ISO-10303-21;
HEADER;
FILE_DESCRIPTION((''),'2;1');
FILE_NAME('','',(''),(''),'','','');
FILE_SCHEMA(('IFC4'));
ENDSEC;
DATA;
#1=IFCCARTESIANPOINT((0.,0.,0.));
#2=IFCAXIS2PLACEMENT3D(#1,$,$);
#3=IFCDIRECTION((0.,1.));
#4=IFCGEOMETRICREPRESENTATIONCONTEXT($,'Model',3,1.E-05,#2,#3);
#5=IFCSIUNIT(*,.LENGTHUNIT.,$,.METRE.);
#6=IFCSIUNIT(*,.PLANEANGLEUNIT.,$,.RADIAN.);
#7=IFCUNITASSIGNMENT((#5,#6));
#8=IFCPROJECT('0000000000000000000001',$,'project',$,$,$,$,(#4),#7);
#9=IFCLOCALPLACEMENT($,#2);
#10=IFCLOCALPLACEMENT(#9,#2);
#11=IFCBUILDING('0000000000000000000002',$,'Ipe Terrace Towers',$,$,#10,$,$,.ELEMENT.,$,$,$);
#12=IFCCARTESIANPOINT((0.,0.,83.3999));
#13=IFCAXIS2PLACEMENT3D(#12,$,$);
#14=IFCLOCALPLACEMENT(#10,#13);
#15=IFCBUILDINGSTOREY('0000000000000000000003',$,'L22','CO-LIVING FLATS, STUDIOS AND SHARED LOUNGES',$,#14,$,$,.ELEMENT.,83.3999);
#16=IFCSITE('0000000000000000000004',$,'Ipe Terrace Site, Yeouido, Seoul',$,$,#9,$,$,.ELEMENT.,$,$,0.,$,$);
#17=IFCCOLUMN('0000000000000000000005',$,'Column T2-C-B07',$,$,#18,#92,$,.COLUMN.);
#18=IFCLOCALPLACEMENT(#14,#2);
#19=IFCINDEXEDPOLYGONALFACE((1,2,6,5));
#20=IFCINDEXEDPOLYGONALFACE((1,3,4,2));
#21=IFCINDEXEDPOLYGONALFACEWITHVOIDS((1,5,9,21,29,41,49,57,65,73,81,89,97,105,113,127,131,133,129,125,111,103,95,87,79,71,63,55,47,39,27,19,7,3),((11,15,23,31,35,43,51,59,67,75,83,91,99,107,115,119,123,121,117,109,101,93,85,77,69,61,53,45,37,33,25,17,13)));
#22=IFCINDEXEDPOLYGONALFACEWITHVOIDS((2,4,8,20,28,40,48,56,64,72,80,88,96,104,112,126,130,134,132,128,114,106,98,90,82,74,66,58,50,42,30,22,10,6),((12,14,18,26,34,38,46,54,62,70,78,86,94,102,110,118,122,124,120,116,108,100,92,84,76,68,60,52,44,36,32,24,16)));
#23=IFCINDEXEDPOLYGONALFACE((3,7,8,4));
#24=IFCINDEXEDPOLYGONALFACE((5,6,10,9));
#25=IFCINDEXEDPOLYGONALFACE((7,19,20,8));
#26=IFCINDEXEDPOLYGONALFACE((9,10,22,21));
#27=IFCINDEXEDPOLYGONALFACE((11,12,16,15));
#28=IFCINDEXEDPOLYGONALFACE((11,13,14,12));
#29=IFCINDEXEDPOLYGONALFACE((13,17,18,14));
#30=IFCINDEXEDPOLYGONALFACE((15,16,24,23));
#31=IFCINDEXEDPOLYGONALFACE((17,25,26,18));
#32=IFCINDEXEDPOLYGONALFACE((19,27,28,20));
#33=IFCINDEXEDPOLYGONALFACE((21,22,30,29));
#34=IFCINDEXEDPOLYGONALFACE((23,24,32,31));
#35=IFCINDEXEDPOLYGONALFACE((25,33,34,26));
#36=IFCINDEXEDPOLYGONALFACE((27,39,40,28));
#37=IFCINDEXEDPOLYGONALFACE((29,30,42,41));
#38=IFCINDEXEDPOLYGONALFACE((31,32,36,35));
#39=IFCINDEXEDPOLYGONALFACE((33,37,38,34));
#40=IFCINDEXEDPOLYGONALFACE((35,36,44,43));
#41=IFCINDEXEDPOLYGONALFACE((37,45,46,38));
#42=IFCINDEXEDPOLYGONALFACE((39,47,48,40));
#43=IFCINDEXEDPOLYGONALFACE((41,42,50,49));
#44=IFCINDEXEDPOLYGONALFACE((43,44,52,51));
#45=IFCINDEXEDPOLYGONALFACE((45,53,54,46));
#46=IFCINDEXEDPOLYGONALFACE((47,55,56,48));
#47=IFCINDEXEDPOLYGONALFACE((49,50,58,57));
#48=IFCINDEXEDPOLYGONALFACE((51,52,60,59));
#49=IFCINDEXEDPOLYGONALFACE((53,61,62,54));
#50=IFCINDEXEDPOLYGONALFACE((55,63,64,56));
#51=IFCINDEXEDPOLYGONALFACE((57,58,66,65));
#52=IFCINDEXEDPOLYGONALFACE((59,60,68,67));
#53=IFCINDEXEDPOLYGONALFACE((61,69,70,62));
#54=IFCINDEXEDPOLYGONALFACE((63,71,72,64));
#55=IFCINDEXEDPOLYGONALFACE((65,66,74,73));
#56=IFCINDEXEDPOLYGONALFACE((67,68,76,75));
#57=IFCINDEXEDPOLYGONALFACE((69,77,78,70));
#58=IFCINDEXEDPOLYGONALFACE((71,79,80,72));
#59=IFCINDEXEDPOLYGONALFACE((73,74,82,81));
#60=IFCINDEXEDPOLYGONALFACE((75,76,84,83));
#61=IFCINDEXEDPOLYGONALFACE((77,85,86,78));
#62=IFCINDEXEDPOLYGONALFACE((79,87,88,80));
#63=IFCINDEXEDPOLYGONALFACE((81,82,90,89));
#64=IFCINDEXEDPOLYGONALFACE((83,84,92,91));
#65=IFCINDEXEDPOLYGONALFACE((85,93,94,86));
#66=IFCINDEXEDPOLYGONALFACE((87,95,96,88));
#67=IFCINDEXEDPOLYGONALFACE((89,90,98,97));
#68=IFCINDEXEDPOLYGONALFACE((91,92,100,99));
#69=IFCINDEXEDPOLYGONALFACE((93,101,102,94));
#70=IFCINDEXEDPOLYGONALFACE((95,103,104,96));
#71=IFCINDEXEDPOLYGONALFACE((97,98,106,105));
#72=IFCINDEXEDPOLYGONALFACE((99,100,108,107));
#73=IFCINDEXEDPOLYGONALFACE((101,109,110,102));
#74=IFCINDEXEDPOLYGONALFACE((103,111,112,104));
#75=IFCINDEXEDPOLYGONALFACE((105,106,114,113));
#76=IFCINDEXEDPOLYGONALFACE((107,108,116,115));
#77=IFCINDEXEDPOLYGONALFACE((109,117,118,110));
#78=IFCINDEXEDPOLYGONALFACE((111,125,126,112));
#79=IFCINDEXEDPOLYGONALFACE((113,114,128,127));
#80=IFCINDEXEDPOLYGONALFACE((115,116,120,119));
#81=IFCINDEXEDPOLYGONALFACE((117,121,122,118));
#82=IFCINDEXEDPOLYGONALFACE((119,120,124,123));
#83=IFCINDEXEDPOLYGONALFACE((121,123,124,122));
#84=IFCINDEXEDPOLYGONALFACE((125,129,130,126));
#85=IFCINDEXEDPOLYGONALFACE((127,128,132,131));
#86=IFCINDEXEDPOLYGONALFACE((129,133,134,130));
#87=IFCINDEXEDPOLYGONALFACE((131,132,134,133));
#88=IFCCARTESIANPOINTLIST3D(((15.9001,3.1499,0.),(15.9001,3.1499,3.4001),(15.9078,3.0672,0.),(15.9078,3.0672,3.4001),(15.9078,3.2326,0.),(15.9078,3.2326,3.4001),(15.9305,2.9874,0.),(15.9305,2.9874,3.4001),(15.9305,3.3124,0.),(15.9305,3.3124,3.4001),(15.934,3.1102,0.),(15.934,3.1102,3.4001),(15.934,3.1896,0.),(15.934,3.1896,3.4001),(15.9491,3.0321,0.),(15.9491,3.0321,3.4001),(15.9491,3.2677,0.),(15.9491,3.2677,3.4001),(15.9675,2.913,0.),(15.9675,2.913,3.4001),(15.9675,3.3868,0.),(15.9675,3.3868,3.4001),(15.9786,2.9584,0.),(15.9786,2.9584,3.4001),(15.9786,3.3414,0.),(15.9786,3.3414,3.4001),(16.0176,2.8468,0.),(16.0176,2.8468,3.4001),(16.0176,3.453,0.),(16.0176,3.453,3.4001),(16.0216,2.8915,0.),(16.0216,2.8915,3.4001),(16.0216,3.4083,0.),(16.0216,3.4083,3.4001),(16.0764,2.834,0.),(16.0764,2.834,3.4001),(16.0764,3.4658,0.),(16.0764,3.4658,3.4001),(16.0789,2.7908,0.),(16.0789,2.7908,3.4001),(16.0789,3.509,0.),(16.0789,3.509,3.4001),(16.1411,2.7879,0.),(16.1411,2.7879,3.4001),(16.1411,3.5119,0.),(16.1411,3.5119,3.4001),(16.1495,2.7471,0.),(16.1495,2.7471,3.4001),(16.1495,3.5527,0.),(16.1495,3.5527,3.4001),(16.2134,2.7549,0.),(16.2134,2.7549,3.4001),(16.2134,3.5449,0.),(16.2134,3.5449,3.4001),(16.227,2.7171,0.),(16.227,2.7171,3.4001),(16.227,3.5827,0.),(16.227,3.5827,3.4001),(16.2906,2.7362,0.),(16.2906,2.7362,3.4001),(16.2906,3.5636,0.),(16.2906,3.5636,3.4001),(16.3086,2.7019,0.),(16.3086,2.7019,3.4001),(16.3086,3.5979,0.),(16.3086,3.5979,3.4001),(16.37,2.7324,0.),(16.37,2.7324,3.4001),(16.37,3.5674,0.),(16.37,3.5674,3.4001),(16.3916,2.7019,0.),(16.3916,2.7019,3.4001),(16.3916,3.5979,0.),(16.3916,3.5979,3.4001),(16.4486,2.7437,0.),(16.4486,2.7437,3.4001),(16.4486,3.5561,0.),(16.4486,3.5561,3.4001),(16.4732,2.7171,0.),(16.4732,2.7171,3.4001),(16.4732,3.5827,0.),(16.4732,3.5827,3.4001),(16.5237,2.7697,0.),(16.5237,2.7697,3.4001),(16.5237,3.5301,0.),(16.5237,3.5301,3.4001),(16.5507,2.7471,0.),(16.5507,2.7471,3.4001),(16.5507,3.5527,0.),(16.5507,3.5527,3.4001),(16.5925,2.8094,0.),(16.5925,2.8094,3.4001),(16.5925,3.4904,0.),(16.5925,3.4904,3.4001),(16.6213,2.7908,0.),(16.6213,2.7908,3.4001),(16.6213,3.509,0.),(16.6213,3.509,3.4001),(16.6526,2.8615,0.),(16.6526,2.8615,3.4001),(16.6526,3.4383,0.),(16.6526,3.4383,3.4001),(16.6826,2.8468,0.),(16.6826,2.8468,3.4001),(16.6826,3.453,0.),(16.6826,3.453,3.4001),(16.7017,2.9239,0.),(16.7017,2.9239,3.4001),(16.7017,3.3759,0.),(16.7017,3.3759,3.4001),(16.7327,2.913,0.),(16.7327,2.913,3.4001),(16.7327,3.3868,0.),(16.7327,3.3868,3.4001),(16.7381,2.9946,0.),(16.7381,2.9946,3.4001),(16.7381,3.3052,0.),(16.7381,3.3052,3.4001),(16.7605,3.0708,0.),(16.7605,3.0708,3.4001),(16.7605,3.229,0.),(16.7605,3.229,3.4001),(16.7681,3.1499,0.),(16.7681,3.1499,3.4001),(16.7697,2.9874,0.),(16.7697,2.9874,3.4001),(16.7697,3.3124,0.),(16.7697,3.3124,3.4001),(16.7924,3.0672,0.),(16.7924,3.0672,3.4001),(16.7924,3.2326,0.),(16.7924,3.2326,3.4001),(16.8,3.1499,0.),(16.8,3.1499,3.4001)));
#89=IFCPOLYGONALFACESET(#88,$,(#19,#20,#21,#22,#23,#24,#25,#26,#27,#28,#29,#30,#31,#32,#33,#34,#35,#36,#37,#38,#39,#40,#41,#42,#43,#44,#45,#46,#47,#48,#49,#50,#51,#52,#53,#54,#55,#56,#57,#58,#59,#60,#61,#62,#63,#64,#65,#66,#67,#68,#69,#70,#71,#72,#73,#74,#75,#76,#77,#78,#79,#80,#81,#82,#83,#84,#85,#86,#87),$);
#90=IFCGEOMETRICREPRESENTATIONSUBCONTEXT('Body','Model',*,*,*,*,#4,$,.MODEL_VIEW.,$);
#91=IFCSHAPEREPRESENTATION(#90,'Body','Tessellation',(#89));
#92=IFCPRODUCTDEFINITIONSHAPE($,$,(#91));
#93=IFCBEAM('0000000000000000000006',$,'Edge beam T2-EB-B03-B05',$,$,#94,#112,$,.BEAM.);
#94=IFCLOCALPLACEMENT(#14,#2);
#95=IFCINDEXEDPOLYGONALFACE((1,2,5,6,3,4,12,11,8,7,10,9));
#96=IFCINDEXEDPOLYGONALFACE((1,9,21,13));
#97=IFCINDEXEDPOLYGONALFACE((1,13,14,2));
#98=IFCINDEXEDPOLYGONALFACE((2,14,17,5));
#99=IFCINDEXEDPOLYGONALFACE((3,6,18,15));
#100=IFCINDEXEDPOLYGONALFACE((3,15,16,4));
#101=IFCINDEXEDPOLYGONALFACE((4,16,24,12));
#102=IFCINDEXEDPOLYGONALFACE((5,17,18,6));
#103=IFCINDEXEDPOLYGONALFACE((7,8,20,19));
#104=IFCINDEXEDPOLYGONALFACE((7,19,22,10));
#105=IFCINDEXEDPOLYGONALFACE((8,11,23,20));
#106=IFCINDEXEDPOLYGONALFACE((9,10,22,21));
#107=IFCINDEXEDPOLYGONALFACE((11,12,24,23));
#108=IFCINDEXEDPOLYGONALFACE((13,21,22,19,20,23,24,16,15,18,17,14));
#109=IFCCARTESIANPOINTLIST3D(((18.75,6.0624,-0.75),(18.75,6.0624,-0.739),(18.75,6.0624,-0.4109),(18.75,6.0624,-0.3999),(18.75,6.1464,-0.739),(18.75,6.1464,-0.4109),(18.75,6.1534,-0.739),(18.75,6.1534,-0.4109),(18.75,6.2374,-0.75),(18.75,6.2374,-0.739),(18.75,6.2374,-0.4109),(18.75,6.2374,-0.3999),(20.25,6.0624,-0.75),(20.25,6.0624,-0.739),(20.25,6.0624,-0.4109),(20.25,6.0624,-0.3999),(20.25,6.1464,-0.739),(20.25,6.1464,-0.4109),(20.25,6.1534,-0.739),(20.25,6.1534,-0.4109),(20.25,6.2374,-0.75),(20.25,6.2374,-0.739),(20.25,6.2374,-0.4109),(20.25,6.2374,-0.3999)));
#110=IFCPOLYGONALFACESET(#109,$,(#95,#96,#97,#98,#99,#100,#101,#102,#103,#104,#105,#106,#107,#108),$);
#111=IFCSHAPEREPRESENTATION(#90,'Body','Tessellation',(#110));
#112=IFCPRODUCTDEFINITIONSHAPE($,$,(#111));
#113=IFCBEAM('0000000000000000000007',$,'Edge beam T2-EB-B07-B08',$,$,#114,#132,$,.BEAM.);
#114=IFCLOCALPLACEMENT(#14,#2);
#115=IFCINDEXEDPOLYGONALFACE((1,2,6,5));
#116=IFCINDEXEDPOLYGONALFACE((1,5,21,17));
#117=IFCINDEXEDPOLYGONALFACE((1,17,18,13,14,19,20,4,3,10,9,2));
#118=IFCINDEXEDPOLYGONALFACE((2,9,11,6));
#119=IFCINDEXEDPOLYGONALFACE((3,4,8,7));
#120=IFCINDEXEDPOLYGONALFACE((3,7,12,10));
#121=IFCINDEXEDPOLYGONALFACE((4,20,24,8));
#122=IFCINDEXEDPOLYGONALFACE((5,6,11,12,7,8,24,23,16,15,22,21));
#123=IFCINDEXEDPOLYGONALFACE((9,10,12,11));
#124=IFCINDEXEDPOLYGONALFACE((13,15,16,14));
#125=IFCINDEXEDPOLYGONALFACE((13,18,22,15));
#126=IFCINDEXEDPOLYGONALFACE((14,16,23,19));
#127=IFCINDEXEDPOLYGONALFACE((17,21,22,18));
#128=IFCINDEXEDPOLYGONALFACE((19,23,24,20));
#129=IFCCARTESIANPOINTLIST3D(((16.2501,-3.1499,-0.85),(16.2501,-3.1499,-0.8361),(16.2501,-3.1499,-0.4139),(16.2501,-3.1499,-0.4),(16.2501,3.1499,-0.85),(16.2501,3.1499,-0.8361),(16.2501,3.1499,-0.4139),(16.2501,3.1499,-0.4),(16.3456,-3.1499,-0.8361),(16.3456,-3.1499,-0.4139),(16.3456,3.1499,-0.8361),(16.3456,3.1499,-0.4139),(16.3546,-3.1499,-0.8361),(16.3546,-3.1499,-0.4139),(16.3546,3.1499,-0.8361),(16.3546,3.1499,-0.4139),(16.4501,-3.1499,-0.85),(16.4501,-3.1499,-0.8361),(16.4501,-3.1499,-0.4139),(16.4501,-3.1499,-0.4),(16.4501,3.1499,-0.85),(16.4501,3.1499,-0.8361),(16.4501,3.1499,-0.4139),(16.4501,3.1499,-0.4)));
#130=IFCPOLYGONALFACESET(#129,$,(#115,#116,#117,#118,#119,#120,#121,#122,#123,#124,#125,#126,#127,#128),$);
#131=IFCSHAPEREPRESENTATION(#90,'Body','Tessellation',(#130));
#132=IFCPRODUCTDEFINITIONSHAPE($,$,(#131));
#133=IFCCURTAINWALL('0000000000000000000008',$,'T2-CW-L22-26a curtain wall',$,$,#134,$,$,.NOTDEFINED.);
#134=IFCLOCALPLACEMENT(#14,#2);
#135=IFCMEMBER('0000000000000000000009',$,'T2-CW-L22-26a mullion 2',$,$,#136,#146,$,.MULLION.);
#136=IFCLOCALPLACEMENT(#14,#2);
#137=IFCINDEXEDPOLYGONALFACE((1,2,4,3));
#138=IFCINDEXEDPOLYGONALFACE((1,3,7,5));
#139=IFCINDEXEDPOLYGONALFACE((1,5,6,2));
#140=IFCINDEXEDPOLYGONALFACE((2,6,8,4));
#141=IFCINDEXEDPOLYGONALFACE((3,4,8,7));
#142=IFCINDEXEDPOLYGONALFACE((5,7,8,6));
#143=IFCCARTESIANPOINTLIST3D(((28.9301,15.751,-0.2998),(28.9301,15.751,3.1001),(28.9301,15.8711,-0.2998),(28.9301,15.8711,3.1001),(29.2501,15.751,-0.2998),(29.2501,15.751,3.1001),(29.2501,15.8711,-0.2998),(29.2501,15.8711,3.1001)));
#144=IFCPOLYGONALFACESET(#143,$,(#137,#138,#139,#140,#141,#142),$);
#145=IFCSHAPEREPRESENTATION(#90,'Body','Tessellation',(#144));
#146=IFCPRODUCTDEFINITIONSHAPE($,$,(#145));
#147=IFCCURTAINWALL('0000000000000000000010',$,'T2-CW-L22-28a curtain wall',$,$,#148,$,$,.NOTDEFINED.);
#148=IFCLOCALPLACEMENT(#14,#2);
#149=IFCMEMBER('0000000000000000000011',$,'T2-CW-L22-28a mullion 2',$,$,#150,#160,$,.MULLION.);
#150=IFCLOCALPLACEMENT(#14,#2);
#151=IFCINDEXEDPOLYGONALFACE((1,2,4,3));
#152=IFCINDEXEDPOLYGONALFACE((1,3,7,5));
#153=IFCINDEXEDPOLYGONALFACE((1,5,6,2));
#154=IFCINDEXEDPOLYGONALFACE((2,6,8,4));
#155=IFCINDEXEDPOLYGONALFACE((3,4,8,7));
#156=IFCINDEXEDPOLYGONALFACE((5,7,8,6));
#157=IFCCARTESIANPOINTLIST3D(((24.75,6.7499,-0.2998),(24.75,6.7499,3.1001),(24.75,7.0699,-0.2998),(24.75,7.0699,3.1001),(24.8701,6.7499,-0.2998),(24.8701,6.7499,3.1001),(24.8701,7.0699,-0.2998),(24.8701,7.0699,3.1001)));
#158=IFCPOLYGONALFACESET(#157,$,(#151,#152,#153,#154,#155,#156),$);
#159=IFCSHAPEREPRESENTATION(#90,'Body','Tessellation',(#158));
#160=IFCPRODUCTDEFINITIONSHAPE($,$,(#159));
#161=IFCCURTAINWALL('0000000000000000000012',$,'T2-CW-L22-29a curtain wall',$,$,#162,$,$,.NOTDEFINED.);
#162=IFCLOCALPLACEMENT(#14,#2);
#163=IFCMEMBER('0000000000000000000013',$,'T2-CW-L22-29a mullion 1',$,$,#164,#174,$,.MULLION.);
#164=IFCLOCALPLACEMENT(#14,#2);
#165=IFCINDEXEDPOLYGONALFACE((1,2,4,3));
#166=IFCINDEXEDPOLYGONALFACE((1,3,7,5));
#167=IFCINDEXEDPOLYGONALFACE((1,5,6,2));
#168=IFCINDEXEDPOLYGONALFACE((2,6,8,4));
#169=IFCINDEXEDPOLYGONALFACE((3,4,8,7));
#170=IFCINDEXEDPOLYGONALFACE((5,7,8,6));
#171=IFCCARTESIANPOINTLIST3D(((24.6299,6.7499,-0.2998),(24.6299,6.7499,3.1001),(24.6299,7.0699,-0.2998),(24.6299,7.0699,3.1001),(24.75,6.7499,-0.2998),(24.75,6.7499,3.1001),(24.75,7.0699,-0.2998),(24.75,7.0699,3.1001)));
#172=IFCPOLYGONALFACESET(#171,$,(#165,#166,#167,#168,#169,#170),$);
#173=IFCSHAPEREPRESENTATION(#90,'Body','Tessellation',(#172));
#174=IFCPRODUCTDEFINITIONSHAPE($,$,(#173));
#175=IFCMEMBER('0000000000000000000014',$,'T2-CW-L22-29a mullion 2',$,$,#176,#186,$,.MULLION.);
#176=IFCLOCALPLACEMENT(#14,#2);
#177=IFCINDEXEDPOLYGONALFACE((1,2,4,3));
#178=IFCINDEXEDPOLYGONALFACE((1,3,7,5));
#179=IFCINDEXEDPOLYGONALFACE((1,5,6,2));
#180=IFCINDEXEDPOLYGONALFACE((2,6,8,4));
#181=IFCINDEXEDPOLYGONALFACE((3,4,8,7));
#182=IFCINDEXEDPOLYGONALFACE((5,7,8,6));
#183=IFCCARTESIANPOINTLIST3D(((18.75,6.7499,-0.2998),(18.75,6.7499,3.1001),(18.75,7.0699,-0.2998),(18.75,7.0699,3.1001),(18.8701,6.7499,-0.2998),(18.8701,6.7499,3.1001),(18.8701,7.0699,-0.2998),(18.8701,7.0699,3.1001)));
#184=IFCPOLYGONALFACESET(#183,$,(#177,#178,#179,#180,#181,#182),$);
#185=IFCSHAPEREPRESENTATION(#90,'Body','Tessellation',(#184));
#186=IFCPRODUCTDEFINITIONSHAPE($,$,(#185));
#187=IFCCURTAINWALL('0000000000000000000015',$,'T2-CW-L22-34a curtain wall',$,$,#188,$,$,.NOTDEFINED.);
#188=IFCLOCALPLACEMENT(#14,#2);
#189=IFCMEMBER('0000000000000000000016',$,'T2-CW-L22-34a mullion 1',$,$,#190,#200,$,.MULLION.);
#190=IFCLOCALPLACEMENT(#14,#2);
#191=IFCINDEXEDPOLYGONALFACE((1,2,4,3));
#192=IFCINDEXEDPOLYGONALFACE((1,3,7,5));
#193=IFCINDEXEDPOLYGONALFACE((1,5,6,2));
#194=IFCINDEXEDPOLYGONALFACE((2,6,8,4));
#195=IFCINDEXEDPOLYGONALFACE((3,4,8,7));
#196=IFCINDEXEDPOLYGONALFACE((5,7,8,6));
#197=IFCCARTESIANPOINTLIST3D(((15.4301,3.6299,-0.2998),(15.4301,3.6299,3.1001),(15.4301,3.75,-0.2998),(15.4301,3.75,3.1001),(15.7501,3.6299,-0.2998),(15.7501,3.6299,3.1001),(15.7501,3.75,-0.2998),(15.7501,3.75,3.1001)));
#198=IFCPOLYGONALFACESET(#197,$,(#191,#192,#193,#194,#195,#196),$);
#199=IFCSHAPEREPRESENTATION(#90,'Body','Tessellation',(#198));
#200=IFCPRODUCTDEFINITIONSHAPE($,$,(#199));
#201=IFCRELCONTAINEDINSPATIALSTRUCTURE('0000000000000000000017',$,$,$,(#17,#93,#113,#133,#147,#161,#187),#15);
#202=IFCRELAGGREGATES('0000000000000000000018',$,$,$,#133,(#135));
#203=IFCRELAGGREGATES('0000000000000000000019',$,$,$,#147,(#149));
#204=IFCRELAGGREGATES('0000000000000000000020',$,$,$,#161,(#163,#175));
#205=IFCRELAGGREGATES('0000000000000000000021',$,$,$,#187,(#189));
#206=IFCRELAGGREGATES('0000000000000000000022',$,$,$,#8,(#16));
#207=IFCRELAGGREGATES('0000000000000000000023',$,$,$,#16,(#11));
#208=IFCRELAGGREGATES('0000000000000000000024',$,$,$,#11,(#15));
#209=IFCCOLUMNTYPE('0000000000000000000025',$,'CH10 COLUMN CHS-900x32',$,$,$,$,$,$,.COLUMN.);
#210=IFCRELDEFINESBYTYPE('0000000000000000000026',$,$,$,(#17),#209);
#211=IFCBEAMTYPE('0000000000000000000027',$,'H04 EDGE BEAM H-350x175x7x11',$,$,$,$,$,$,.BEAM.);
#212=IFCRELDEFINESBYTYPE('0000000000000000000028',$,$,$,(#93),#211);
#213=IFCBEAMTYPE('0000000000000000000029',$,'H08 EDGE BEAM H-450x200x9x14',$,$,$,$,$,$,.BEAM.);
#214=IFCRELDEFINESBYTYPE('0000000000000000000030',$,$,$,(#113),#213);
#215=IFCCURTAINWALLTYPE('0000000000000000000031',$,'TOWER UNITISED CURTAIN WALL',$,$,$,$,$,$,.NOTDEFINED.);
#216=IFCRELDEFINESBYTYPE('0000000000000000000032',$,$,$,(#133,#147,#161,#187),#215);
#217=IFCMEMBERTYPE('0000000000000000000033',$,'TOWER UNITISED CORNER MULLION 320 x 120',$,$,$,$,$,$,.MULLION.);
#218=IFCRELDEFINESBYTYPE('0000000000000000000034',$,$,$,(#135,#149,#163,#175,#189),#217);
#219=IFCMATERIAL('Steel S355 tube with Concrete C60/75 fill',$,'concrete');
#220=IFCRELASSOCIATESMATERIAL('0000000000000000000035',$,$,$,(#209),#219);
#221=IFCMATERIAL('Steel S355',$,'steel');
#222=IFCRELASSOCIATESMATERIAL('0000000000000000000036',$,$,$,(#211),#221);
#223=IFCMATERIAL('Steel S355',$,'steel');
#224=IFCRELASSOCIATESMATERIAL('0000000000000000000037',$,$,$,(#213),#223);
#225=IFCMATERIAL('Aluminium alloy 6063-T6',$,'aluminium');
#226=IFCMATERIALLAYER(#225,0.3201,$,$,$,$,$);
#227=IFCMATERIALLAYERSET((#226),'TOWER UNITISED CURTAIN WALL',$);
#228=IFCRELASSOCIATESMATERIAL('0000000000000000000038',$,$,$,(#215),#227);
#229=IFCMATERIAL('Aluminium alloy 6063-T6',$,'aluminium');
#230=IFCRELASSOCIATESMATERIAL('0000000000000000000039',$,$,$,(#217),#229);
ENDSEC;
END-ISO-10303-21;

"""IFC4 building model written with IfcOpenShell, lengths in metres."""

from ifc_helpers import new_model, si_unit, direction, frame, origin, origin_2d, place, context, subcontext, project, spatial, rectangle, hollow_circle, i_section, extrude, material, layer, layer_set, material_profile, profile_set, type_object, element, aggregate, save


model = new_model("IFC4")

# Units and contexts
model_context = context("Model", 3, precision=1e-05, world=origin(), true_north=direction((0.0, 1.0)))
body_context = subcontext(model_context, "Body", "Model", "MODEL_VIEW")
ifc_project = project(units=[si_unit("LENGTHUNIT", "METRE"), si_unit("PLANEANGLEUNIT", "RADIAN")], contexts=[model_context])

# Site, building, storey
site_placement = place(None, origin())
site = spatial("IfcSite", under=ifc_project, at=site_placement, Name="Ipe Terrace Site, Yeouido, Seoul", CompositionType="ELEMENT", RefElevation=0.0)
building_placement = place(site_placement, origin())
building = spatial("IfcBuilding", under=site, at=building_placement, Name="Ipe Terrace Towers", CompositionType="ELEMENT")
storey_placement = place(building_placement, frame((0.0, 0.0, 83.3999)))
storey = spatial("IfcBuildingStorey", under=building, at=storey_placement, Name="L22", Description="CO-LIVING FLATS, STUDIOS AND SHARED LOUNGES", CompositionType="ELEMENT", Elevation=83.3999)

# Column
ifc_material_1 = material(Name="Steel S355 tube with Concrete C60/75 fill", Category="concrete")
ifc_material_profile_1 = material_profile(ifc_material_1, hollow_circle(Radius=0.45, WallThickness=0.032, at=origin_2d()), Name="CHS-900x32")
ifc_profile_set_1 = profile_set([ifc_material_profile_1], Name="Steel S355 tube with Concrete C60/75 fill")
column_type = type_object("IfcColumnType", Name="CH10 COLUMN CHS-900x32", PredefinedType="COLUMN", material=ifc_profile_set_1)
for number, where, z_axis, x_axis, name in (
    (1, (16.3501, 3.1499, 0.0), (0.0, 0.0, 1.0), (1.0, 0.0, 0.0), "Column T2-C-B07"),
):
    element("IfcColumn", number, at=place(storey_placement, frame(where, z_axis=z_axis, x_axis=x_axis)), inside=storey, type_object=column_type, Name=name, PredefinedType="COLUMN", context=body_context, shape_type="SweptSolid", body=[
        extrude(hollow_circle(Radius=0.45, WallThickness=0.032, at=origin_2d()), origin(), (0.0, 0.0, 1.0), 3.4001),
    ])

# Beams
ifc_material_2 = material(Name="Steel S355", Category="steel")
ifc_material_profile_2 = material_profile(ifc_material_2, i_section(OverallWidth=0.175, OverallDepth=0.3501, WebThickness=0.0071, FlangeThickness=0.011, at=origin_2d()), Name="H-350x175x7x11")
ifc_profile_set_2 = profile_set([ifc_material_profile_2], Name="Steel S355")
beam_type_1 = type_object("IfcBeamType", Name="H04 EDGE BEAM H-350x175x7x11", PredefinedType="BEAM", material=ifc_profile_set_2)
beam_1_placement = place(storey_placement, frame((20.25, 6.1499, -0.575), z_axis=(-1.0, 0.0, 0.0), x_axis=(0.0, -1.0, 0.0)))
element("IfcBeam", 2, at=beam_1_placement, inside=storey, type_object=beam_type_1, Name="Edge beam T2-EB-B03-B05", PredefinedType="BEAM", context=body_context, shape_type="SweptSolid", body=[
    extrude(i_section(OverallWidth=0.175, OverallDepth=0.3501, WebThickness=0.0071, FlangeThickness=0.011, at=origin_2d()), origin(), (0.0, 0.0, 1.0), 1.5),
])
ifc_material_3 = material(Name="Steel S355", Category="steel")
ifc_material_profile_3 = material_profile(ifc_material_3, i_section(OverallWidth=0.2, OverallDepth=0.45, WebThickness=0.009, FlangeThickness=0.0139, at=origin_2d()), Name="H-450x200x9x14")
ifc_profile_set_3 = profile_set([ifc_material_profile_3], Name="Steel S355")
beam_type_2 = type_object("IfcBeamType", Name="H08 EDGE BEAM H-450x200x9x14", PredefinedType="BEAM", material=ifc_profile_set_3)
beam_2_placement = place(storey_placement, frame((16.3501, 3.1499, -0.625), z_axis=(0.0, -1.0, 0.0), x_axis=(1.0, 0.0, 0.0)))
element("IfcBeam", 3, at=beam_2_placement, inside=storey, type_object=beam_type_2, Name="Edge beam T2-EB-B07-B08", PredefinedType="BEAM", context=body_context, shape_type="SweptSolid", body=[
    extrude(i_section(OverallWidth=0.2, OverallDepth=0.45, WebThickness=0.009, FlangeThickness=0.0139, at=origin_2d()), origin(), (0.0, 0.0, 1.0), 6.2998),
])

# Curtain walls, members
ifc_material_4 = material(Name="Aluminium alloy 6063-T6", Category="aluminium")
ifc_layer_1 = layer(ifc_material_4, 0.3201)
ifc_layer_set_1 = layer_set([ifc_layer_1], Name="TOWER UNITISED CURTAIN WALL")
curtain_wall_type = type_object("IfcCurtainWallType", Name="TOWER UNITISED CURTAIN WALL", PredefinedType="NOTDEFINED", material=ifc_layer_set_1)
curtain_wall_1_placement = place(storey_placement, origin())
curtain_wall_1 = element("IfcCurtainWall", 4, at=curtain_wall_1_placement, inside=storey, type_object=curtain_wall_type, Name="T2-CW-L22-26a curtain wall", PredefinedType="NOTDEFINED")
ifc_material_5 = material(Name="Aluminium alloy 6063-T6", Category="aluminium")
ifc_material_profile_4 = material_profile(ifc_material_5, rectangle(XDim=0.3201, YDim=0.1201, at=origin_2d()), Name="TOWER UNITISED CORNER MULLION 320 x 120")
ifc_profile_set_4 = profile_set([ifc_material_profile_4], Name="Aluminium alloy 6063-T6")
member_type_1 = type_object("IfcMemberType", Name="TOWER UNITISED CORNER MULLION 320 x 120", PredefinedType="MULLION", material=ifc_profile_set_4)
member_1_placement = place(storey_placement, frame((29.0901, 15.811, -0.2998), z_axis=(0.0, 0.0, 1.0), x_axis=(-1.0, 0.0, 0.0)))
member_1 = element("IfcMember", 5, at=member_1_placement, type_object=member_type_1, Name="T2-CW-L22-26a mullion 2", PredefinedType="MULLION", context=body_context, shape_type="SweptSolid", body=[
    extrude(rectangle(XDim=0.3201, YDim=0.1201, at=origin_2d()), origin(), (0.0, 0.0, 1.0), 3.3999),
])
curtain_wall_2_placement = place(storey_placement, origin())
curtain_wall_2 = element("IfcCurtainWall", 6, at=curtain_wall_2_placement, inside=storey, type_object=curtain_wall_type, Name="T2-CW-L22-28a curtain wall", PredefinedType="NOTDEFINED")
member_2_placement = place(storey_placement, frame((24.8101, 6.9099, -0.2998), z_axis=(0.0, 0.0, 1.0), x_axis=(0.0, 1.0, 0.0)))
member_2 = element("IfcMember", 7, at=member_2_placement, type_object=member_type_1, Name="T2-CW-L22-28a mullion 2", PredefinedType="MULLION", context=body_context, shape_type="SweptSolid", body=[
    extrude(rectangle(XDim=0.3201, YDim=0.1201, at=origin_2d()), origin(), (0.0, 0.0, 1.0), 3.3999),
])

# Curtain walls, members
curtain_wall_3_placement = place(storey_placement, origin())
curtain_wall_3 = element("IfcCurtainWall", 8, at=curtain_wall_3_placement, inside=storey, type_object=curtain_wall_type, Name="T2-CW-L22-29a curtain wall", PredefinedType="NOTDEFINED")
member_3_placement = place(storey_placement, frame((24.6899, 6.9099, -0.2998), z_axis=(0.0, 0.0, 1.0), x_axis=(0.0, 1.0, 0.0)))
member_3 = element("IfcMember", 9, at=member_3_placement, type_object=member_type_1, Name="T2-CW-L22-29a mullion 1", PredefinedType="MULLION", context=body_context, shape_type="SweptSolid", body=[
    extrude(rectangle(XDim=0.3201, YDim=0.1201, at=origin_2d()), origin(), (0.0, 0.0, 1.0), 3.3999),
])
member_4_placement = place(storey_placement, frame((18.8101, 6.9099, -0.2998), z_axis=(0.0, 0.0, 1.0), x_axis=(0.0, 1.0, 0.0)))
member_4 = element("IfcMember", 10, at=member_4_placement, type_object=member_type_1, Name="T2-CW-L22-29a mullion 2", PredefinedType="MULLION", context=body_context, shape_type="SweptSolid", body=[
    extrude(rectangle(XDim=0.3201, YDim=0.1201, at=origin_2d()), origin(), (0.0, 0.0, 1.0), 3.3999),
])
curtain_wall_4_placement = place(storey_placement, origin())
curtain_wall_4 = element("IfcCurtainWall", 11, at=curtain_wall_4_placement, inside=storey, type_object=curtain_wall_type, Name="T2-CW-L22-34a curtain wall", PredefinedType="NOTDEFINED")
member_5_placement = place(storey_placement, frame((15.5901, 3.6899, -0.2998), z_axis=(0.0, 0.0, 1.0), x_axis=(-1.0, 0.0, 0.0)))
member_5 = element("IfcMember", 12, at=member_5_placement, type_object=member_type_1, Name="T2-CW-L22-34a mullion 1", PredefinedType="MULLION", context=body_context, shape_type="SweptSolid", body=[
    extrude(rectangle(XDim=0.3201, YDim=0.1201, at=origin_2d()), origin(), (0.0, 0.0, 1.0), 3.3999),
])

aggregate(curtain_wall_1, [member_1])
aggregate(curtain_wall_2, [member_2])
aggregate(curtain_wall_3, [member_3, member_4])
aggregate(curtain_wall_4, [member_5])

save(model, "model.ifc")
